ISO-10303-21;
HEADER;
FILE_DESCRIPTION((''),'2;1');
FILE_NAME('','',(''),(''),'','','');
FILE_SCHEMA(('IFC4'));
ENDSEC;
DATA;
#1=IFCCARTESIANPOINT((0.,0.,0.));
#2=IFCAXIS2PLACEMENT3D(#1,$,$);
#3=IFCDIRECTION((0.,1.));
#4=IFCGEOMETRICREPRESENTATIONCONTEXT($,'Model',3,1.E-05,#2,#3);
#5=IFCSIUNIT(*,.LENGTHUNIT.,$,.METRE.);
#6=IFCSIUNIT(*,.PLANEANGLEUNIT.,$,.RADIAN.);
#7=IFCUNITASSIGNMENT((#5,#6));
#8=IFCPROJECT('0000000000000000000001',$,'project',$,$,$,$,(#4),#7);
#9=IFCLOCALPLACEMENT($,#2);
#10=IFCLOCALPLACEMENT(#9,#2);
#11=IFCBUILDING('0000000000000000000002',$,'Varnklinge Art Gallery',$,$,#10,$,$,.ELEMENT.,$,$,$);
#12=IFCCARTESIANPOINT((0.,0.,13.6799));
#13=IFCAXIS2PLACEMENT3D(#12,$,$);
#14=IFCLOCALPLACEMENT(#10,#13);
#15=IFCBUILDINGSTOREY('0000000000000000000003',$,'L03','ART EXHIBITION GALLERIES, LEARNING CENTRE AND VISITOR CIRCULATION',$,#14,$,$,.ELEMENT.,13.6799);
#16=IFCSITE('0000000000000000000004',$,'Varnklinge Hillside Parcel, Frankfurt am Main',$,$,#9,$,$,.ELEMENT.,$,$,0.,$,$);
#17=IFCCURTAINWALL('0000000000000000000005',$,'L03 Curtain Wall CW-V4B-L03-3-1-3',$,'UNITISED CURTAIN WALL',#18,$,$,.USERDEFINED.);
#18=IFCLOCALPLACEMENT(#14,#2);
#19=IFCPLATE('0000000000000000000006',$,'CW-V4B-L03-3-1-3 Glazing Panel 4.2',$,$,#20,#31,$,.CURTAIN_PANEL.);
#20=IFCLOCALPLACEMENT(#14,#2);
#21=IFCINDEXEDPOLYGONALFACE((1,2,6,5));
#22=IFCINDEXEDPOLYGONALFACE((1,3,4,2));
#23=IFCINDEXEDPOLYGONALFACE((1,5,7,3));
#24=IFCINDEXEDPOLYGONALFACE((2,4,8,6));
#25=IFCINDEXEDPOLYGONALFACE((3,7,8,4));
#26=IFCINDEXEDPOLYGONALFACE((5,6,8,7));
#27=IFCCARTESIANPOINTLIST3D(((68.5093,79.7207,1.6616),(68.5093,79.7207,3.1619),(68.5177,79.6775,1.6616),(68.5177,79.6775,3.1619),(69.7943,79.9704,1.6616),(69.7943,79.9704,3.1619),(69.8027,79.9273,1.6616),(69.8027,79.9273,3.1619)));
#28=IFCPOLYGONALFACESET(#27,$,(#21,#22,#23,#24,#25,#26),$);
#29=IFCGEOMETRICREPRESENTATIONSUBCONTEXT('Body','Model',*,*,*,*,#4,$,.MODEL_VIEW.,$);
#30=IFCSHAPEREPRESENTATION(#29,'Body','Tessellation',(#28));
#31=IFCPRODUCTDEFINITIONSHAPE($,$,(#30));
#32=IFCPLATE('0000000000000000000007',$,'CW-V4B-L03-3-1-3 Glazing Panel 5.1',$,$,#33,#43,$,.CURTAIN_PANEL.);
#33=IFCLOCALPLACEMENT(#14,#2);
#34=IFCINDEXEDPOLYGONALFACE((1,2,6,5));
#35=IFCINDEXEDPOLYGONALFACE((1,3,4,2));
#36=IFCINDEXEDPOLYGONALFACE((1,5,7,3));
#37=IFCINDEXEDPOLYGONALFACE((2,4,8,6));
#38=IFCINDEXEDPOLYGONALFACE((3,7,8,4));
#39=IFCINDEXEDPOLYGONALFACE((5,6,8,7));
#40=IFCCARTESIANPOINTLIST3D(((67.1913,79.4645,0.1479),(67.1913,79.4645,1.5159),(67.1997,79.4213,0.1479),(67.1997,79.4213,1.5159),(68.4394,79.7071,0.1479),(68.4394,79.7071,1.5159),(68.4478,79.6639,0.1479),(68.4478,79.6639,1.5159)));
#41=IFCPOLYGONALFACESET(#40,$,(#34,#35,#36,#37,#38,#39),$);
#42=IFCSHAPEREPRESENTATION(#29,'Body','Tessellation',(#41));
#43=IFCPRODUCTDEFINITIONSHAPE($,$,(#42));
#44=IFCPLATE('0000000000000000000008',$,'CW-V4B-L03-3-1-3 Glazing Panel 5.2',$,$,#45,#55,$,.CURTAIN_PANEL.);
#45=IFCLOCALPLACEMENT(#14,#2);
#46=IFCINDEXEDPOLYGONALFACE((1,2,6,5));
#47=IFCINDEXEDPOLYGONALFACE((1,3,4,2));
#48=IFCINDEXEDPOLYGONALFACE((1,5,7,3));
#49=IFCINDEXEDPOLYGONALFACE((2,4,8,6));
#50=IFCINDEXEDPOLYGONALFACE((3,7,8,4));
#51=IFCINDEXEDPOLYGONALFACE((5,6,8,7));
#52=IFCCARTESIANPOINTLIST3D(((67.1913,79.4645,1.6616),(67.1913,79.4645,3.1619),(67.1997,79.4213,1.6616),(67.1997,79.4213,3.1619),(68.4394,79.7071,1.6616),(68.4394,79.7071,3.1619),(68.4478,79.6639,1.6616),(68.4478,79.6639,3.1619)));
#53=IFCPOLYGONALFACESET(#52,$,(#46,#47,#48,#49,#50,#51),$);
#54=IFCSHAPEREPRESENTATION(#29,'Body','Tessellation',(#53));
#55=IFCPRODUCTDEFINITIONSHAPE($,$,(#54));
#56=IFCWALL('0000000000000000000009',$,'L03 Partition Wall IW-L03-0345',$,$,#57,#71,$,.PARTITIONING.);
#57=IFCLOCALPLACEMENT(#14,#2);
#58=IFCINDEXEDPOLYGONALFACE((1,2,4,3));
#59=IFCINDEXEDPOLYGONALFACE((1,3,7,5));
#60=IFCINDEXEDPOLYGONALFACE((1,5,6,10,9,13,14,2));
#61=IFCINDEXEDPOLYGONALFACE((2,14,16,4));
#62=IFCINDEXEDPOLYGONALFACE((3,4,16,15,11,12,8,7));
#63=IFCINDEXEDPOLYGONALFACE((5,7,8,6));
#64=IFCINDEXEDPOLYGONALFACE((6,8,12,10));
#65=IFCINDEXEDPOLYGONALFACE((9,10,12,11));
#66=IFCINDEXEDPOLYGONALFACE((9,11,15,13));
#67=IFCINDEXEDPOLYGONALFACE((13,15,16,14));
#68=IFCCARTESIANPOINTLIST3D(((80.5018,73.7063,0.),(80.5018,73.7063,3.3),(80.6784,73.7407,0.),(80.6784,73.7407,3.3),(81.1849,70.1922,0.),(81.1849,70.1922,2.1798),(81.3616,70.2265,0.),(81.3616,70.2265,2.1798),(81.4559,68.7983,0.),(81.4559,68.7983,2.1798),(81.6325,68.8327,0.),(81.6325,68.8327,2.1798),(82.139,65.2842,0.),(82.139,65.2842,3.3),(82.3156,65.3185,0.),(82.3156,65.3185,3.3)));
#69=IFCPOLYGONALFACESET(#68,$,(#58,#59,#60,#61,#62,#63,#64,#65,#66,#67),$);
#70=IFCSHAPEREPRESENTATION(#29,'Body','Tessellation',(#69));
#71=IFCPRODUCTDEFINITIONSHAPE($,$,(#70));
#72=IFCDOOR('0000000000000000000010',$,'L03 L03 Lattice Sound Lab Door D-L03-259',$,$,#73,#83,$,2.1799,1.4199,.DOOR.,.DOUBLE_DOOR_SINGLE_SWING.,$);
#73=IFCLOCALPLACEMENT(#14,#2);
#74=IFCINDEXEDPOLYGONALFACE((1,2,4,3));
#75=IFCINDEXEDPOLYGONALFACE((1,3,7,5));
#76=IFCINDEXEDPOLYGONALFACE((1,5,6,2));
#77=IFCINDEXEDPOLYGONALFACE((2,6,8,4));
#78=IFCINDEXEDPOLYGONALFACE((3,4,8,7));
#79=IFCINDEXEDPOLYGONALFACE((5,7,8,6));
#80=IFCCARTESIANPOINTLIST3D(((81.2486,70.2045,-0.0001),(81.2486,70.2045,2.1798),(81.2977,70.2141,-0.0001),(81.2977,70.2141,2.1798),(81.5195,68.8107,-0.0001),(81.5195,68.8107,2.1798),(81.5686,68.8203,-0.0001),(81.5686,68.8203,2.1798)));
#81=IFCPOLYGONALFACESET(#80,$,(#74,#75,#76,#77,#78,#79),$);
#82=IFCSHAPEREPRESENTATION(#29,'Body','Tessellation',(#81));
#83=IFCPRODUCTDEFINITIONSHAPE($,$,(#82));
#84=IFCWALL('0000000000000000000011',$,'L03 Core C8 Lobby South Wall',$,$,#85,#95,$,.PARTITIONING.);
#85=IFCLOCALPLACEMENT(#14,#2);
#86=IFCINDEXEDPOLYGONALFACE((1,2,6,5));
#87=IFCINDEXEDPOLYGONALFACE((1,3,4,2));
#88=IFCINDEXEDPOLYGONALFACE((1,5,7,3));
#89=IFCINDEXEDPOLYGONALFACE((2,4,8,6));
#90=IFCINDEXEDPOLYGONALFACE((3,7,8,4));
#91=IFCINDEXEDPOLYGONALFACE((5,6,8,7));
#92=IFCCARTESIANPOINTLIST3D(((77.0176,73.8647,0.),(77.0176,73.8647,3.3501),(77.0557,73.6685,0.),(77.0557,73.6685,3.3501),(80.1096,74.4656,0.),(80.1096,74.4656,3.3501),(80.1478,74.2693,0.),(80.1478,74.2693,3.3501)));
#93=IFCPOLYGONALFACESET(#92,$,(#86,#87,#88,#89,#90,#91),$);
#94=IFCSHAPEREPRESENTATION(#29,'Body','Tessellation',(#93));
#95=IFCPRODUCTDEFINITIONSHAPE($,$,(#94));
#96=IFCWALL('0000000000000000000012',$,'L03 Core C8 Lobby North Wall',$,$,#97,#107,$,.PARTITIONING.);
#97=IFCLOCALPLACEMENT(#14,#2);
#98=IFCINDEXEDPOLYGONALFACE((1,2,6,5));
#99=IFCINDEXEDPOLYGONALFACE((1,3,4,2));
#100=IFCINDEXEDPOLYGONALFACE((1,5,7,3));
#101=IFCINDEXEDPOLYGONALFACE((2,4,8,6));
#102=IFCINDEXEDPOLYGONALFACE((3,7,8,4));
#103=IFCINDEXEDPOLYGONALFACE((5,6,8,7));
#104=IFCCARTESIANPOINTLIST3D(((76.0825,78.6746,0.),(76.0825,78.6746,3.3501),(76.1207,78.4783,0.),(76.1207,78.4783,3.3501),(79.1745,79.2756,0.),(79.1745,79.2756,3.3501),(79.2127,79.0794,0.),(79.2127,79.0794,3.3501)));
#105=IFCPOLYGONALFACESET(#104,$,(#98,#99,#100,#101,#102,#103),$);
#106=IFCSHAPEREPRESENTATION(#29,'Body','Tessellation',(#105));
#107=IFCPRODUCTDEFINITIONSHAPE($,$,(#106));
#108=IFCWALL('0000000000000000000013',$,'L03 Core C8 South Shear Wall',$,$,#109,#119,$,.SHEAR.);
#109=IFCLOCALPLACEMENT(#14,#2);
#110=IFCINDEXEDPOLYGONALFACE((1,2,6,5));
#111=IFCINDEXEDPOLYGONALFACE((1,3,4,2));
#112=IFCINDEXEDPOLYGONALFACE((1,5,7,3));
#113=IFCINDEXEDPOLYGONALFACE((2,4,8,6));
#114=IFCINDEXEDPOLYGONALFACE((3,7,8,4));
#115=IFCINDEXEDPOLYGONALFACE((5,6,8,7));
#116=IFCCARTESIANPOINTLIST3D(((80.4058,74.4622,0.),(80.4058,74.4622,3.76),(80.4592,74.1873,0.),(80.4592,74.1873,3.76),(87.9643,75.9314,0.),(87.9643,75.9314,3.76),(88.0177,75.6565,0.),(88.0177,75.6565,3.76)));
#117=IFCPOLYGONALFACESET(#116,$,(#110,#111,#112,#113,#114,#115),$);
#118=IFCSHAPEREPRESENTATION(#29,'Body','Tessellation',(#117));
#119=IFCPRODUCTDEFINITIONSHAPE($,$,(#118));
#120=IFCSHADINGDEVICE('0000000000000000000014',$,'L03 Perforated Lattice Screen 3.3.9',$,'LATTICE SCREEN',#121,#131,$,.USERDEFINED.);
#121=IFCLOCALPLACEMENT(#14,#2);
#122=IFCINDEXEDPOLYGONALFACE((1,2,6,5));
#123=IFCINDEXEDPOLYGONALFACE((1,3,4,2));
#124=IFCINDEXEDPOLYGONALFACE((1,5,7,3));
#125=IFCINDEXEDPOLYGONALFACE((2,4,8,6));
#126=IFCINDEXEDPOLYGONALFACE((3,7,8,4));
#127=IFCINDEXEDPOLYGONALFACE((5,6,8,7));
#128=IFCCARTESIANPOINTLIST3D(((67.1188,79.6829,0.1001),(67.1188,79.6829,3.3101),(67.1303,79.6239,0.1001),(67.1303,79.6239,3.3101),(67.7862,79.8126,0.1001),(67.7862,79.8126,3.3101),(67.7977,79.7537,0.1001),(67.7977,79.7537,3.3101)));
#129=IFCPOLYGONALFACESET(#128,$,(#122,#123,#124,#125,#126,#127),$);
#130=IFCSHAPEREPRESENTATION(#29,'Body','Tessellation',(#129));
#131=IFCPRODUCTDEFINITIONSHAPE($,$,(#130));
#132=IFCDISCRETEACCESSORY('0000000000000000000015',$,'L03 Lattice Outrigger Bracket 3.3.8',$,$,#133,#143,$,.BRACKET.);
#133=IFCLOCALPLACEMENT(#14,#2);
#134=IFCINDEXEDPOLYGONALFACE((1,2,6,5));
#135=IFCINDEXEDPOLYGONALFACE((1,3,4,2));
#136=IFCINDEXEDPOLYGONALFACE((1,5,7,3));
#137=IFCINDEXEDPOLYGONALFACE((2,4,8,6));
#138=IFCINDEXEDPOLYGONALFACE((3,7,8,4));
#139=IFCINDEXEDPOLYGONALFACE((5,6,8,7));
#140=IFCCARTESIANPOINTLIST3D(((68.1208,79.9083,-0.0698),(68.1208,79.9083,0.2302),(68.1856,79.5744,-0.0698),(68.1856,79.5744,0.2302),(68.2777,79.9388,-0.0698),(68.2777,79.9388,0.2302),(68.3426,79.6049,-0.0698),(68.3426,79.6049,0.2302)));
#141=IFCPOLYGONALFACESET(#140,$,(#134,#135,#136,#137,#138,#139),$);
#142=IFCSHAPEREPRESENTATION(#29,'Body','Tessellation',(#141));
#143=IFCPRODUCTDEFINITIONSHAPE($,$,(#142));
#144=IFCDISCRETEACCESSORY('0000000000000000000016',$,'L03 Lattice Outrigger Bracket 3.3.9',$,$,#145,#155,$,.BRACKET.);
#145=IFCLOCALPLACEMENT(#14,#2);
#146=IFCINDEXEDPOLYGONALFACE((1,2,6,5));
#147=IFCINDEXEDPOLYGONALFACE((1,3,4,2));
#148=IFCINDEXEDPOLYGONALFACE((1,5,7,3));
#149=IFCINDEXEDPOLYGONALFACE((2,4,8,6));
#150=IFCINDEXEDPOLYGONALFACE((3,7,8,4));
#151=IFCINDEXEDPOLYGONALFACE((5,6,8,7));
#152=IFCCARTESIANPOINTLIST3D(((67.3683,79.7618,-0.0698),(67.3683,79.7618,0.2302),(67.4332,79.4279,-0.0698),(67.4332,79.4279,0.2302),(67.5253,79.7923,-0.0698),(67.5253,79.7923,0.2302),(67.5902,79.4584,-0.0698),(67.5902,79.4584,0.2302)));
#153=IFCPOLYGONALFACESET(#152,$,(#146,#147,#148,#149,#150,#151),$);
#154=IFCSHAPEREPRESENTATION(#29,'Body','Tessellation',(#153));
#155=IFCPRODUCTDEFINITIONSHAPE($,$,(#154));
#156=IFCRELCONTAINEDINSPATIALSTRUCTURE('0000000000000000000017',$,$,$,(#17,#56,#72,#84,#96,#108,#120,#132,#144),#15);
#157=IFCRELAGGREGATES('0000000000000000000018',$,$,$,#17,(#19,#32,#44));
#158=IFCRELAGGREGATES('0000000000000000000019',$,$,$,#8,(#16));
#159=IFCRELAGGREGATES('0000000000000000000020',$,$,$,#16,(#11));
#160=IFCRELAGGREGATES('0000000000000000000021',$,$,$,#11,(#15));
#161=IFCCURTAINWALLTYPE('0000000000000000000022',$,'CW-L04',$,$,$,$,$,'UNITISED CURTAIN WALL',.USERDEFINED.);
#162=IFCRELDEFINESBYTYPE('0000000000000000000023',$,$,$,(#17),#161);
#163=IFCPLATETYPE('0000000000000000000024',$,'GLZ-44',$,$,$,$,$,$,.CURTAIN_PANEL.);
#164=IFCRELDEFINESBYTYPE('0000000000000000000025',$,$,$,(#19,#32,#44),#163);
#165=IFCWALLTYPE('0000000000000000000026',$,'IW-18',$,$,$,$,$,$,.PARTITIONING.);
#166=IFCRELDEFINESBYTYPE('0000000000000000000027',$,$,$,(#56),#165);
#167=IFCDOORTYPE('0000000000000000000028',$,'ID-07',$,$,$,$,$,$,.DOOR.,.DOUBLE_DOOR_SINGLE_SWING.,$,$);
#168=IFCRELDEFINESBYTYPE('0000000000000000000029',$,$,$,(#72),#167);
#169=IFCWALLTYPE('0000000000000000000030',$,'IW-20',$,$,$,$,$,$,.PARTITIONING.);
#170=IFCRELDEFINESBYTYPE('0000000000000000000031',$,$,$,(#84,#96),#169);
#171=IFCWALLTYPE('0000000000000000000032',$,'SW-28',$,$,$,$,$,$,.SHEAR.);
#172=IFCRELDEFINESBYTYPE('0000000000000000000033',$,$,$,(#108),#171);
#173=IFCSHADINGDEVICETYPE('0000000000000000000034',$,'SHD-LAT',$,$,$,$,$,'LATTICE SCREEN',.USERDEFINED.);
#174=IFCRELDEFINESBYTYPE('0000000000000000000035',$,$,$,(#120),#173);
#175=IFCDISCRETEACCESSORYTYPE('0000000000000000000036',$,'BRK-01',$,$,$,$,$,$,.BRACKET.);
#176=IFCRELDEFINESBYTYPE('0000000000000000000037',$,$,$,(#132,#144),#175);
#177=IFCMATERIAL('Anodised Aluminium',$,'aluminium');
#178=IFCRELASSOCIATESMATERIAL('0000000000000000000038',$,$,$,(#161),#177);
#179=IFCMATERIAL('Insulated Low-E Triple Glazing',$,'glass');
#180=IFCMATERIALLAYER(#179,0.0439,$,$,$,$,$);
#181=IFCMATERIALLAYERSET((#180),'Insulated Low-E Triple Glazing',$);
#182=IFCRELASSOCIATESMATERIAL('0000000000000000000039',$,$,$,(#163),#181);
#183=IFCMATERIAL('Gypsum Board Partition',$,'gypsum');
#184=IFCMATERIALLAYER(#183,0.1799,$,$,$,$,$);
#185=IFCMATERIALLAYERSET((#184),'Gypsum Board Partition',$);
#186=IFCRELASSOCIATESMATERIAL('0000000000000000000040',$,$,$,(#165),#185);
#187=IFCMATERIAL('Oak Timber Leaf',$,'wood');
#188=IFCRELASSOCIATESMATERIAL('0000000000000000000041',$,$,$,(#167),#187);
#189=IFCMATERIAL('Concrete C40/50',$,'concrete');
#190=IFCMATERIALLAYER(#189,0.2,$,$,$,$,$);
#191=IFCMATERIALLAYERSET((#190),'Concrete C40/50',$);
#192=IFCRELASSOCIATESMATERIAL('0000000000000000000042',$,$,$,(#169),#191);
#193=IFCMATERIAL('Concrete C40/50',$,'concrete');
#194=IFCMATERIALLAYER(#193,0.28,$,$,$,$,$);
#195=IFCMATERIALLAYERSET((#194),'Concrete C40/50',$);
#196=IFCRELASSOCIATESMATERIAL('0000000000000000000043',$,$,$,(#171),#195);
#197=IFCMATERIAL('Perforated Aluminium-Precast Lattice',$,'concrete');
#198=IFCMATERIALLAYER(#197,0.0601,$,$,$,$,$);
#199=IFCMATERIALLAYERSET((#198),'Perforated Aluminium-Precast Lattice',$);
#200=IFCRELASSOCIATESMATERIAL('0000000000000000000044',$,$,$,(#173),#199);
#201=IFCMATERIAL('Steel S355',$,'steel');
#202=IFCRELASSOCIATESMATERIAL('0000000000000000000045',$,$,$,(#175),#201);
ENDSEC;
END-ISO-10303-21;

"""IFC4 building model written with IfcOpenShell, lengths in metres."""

from ifc_helpers import new_model, si_unit, direction, frame, frame_2d, origin, origin_2d, place, context, subcontext, project, spatial, rectangle, extrude, material, layer, layer_set, type_object, element, fill, aggregate, save


model = new_model("IFC4")

# Units and contexts
model_context = context("Model", 3, precision=1e-05, world=origin(), true_north=direction((0.0, 1.0)))
body_context = subcontext(model_context, "Body", "Model", "MODEL_VIEW")
ifc_project = project(units=[si_unit("LENGTHUNIT", "METRE"), si_unit("PLANEANGLEUNIT", "RADIAN")], contexts=[model_context])

# Site, building, storey
site_placement = place(None, origin())
site = spatial("IfcSite", under=ifc_project, at=site_placement, Name="Varnklinge Hillside Parcel, Frankfurt am Main", CompositionType="ELEMENT", RefElevation=0.0)
building_placement = place(site_placement, origin())
building = spatial("IfcBuilding", under=site, at=building_placement, Name="Varnklinge Art Gallery", CompositionType="ELEMENT")
storey_placement = place(building_placement, frame((0.0, 0.0, 13.6799)))
storey = spatial("IfcBuildingStorey", under=building, at=storey_placement, Name="L03", Description="ART EXHIBITION GALLERIES, LEARNING CENTRE AND VISITOR CIRCULATION", CompositionType="ELEMENT", Elevation=13.6799)

# Curtain wall
ifc_material_1 = material(Name="Anodised Aluminium", Category="aluminium")
curtain_wall_type = type_object("IfcCurtainWallType", Name="CW-L04", ElementType="UNITISED CURTAIN WALL", PredefinedType="USERDEFINED", material=ifc_material_1)
curtain_wall_placement = place(storey_placement, origin())
curtain_wall = element("IfcCurtainWall", 1, at=curtain_wall_placement, inside=storey, type_object=curtain_wall_type, Name="L03 Curtain Wall CW-V4B-L03-3-1-3", ObjectType="UNITISED CURTAIN WALL", PredefinedType="USERDEFINED")

# Plates
ifc_material_2 = material(Name="Insulated Low-E Triple Glazing", Category="glass")
ifc_layer_1 = layer(ifc_material_2, 0.0439)
ifc_layer_set_1 = layer_set([ifc_layer_1], Name="Insulated Low-E Triple Glazing")
plate_type = type_object("IfcPlateType", Name="GLZ-44", PredefinedType="CURTAIN_PANEL", material=ifc_layer_set_1)
plate_1_placement = place(storey_placement, frame((69.156, 79.824, 1.6616), z_axis=(0.0, 0.0, 1.0), x_axis=(-0.981627, -0.190809, 0.0)))
plate_1 = element("IfcPlate", 2, at=plate_1_placement, type_object=plate_type, Name="CW-V4B-L03-3-1-3 Glazing Panel 4.2", PredefinedType="CURTAIN_PANEL", context=body_context, shape_type="SweptSolid", body=[
    extrude(rectangle(XDim=1.3091, YDim=0.0439, at=origin_2d()), origin(), (0.0, 0.0, 1.0), 1.5002),
])
plate_2_placement = place(storey_placement, frame((67.8196, 79.5642, 0.1479), z_axis=(0.0, 0.0, 1.0), x_axis=(-0.981627, -0.190809, 0.0)))
plate_2 = element("IfcPlate", 3, at=plate_2_placement, type_object=plate_type, Name="CW-V4B-L03-3-1-3 Glazing Panel 5.1", PredefinedType="CURTAIN_PANEL", context=body_context, shape_type="SweptSolid", body=[
    extrude(rectangle(XDim=1.2715, YDim=0.0439, at=origin_2d()), origin(), (0.0, 0.0, 1.0), 1.3679),
])
plate_3_placement = place(storey_placement, frame((67.8196, 79.5642, 1.6616), z_axis=(0.0, 0.0, 1.0), x_axis=(-0.981627, -0.190809, 0.0)))
plate_3 = element("IfcPlate", 4, at=plate_3_placement, type_object=plate_type, Name="CW-V4B-L03-3-1-3 Glazing Panel 5.2", PredefinedType="CURTAIN_PANEL", context=body_context, shape_type="SweptSolid", body=[
    extrude(rectangle(XDim=1.2715, YDim=0.0439, at=origin_2d()), origin(), (0.0, 0.0, 1.0), 1.5002),
])
aggregate(curtain_wall, [plate_1, plate_2, plate_3])

# Wall, opening, door
ifc_material_3 = material(Name="Gypsum Board Partition", Category="gypsum")
ifc_layer_2 = layer(ifc_material_3, 0.1799)
ifc_layer_set_2 = layer_set([ifc_layer_2], Name="Gypsum Board Partition")
wall_type_1 = type_object("IfcWallType", Name="IW-18", PredefinedType="PARTITIONING", material=ifc_layer_set_2)
wall_1_placement = place(storey_placement, frame((80.5901, 73.7236, 0.0), z_axis=(0.0, 0.0, 1.0), x_axis=(0.190822, -0.981625, 0.0)))
wall_1 = element("IfcWall", 5, at=wall_1_placement, inside=storey, type_object=wall_type_1, Name="L03 Partition Wall IW-L03-0345", PredefinedType="PARTITIONING", context=body_context, shape_type="SweptSolid", body=[
    extrude(rectangle(XDim=8.5798, YDim=0.1799, at=frame_2d((4.29, 0.0))), origin(), (0.0, 0.0, 1.0), 3.3),
])
opening_1_placement = place(wall_1_placement, frame((3.5801, 0.0, 0.0)))
opening_1 = element("IfcOpeningElement", 6, at=opening_1_placement, cuts=wall_1, PredefinedType="OPENING", context=body_context, shape_type="SweptSolid", body=[
    extrude(rectangle(XDim=1.4199, YDim=2.1799, at=frame_2d((0.71, 1.0898))), frame((0.0, 0.0999, 0.0), z_axis=(0.0, -1.0, 0.0), x_axis=(1.0, 0.0, 0.0)), (0.0, 0.0, 1.0), 0.2),
])
ifc_material_4 = material(Name="Oak Timber Leaf", Category="wood")
door_type_1 = type_object("IfcDoorType", Name="ID-07", OperationType="DOUBLE_DOOR_SINGLE_SWING", PredefinedType="DOOR", material=ifc_material_4)
door_1_placement = place(opening_1_placement, origin())
door_1 = element("IfcDoor", 7, at=door_1_placement, inside=storey, type_object=door_type_1, Name="L03 L03 Lattice Sound Lab Door D-L03-259", OperationType="DOUBLE_DOOR_SINGLE_SWING", OverallHeight=2.1799, OverallWidth=1.4199, PredefinedType="DOOR", context=body_context, shape_type="SweptSolid", body=[
    extrude(rectangle(XDim=1.4199, YDim=2.1799, at=frame_2d((0.71, 1.0898))), frame((0.0, 0.0249, 0.0), z_axis=(0.0, -1.0, 0.0), x_axis=(1.0, 0.0, 0.0)), (0.0, 0.0, 1.0), 0.05),
])
fill(opening_1, door_1)

# Walls
ifc_material_5 = material(Name="Concrete C40/50", Category="concrete")
ifc_layer_3 = layer(ifc_material_5, 0.2)
ifc_layer_set_3 = layer_set([ifc_layer_3], Name="Concrete C40/50")
wall_type_2 = type_object("IfcWallType", Name="IW-20", PredefinedType="PARTITIONING", material=ifc_layer_set_3)
for number, where, z_axis, x_axis, name in (
    (8, (77.0366, 73.7666, 0.0), (0.0, 0.0, 1.0), (0.981639, 0.190747, 0.0), "L03 Core C8 Lobby South Wall"),
    (9, (79.1936, 79.1775, 0.0), (0.0, 0.0, 1.0), (-0.981625, -0.190822, 0.0), "L03 Core C8 Lobby North Wall"),
):
    element("IfcWall", number, at=place(storey_placement, frame(where, z_axis=z_axis, x_axis=x_axis)), inside=storey, type_object=wall_type_2, Name=name, PredefinedType="PARTITIONING", context=body_context, shape_type="SweptSolid", body=[
        extrude(rectangle(XDim=3.1499, YDim=0.2, at=frame_2d((1.575, 0.0))), origin(), (0.0, 0.0, 1.0), 3.3501),
    ])

# Wall
ifc_material_6 = material(Name="Concrete C40/50", Category="concrete")
ifc_layer_4 = layer(ifc_material_6, 0.28)
ifc_layer_set_4 = layer_set([ifc_layer_4], Name="Concrete C40/50")
wall_type_3 = type_object("IfcWallType", Name="SW-28", PredefinedType="SHEAR", material=ifc_layer_set_4)
wall_2_placement = place(storey_placement, frame((80.4324, 74.3247, 0.0), z_axis=(0.0, 0.0, 1.0), x_axis=(0.981627, 0.190809, 0.0)))
element("IfcWall", 10, at=wall_2_placement, inside=storey, type_object=wall_type_3, Name="L03 Core C8 South Shear Wall", PredefinedType="SHEAR", context=body_context, shape_type="SweptSolid", body=[
    extrude(rectangle(XDim=7.7, YDim=0.28, at=frame_2d((3.8501, 0.0))), origin(), (0.0, 0.0, 1.0), 3.76),
])

# Shading device
ifc_material_7 = material(Name="Perforated Aluminium-Precast Lattice", Category="concrete")
ifc_layer_5 = layer(ifc_material_7, 0.0601)
ifc_layer_set_5 = layer_set([ifc_layer_5], Name="Perforated Aluminium-Precast Lattice")
shading_device_type = type_object("IfcShadingDeviceType", Name="SHD-LAT", ElementType="LATTICE SCREEN", PredefinedType="USERDEFINED", material=ifc_layer_set_5)
shading_device_placement = place(storey_placement, frame((67.4583, 79.7183, 0.1001), z_axis=(0.0, 0.0, 1.0), x_axis=(-0.981627, -0.190809, 0.0)))
element("IfcShadingDevice", 11, at=shading_device_placement, inside=storey, type_object=shading_device_type, Name="L03 Perforated Lattice Screen 3.3.9", ObjectType="LATTICE SCREEN", PredefinedType="USERDEFINED", context=body_context, shape_type="SweptSolid", body=[
    extrude(rectangle(XDim=0.6799, YDim=0.0601, at=origin_2d()), origin(), (0.0, 0.0, 1.0), 3.21),
])

# Discrete accessories
ifc_material_8 = material(Name="Steel S355", Category="steel")
discrete_accessory_type = type_object("IfcDiscreteAccessoryType", Name="BRK-01", PredefinedType="BRACKET", material=ifc_material_8)
for number, where, z_axis, x_axis, name in (
    (12, (68.2317, 79.7566, -0.0698), (0.0, 0.0, 1.0), (-0.981627, -0.190809, 0.0), "L03 Lattice Outrigger Bracket 3.3.8"),
    (13, (67.4792, 79.6101, -0.0698), (0.0, 0.0, 1.0), (-0.981627, -0.190809, 0.0), "L03 Lattice Outrigger Bracket 3.3.9"),
):
    element("IfcDiscreteAccessory", number, at=place(storey_placement, frame(where, z_axis=z_axis, x_axis=x_axis)), inside=storey, type_object=discrete_accessory_type, Name=name, PredefinedType="BRACKET", context=body_context, shape_type="SweptSolid", body=[
        extrude(rectangle(XDim=0.1599, YDim=0.3401, at=origin_2d()), origin(), (0.0, 0.0, 1.0), 0.3),
    ])

save(model, "model.ifc")
